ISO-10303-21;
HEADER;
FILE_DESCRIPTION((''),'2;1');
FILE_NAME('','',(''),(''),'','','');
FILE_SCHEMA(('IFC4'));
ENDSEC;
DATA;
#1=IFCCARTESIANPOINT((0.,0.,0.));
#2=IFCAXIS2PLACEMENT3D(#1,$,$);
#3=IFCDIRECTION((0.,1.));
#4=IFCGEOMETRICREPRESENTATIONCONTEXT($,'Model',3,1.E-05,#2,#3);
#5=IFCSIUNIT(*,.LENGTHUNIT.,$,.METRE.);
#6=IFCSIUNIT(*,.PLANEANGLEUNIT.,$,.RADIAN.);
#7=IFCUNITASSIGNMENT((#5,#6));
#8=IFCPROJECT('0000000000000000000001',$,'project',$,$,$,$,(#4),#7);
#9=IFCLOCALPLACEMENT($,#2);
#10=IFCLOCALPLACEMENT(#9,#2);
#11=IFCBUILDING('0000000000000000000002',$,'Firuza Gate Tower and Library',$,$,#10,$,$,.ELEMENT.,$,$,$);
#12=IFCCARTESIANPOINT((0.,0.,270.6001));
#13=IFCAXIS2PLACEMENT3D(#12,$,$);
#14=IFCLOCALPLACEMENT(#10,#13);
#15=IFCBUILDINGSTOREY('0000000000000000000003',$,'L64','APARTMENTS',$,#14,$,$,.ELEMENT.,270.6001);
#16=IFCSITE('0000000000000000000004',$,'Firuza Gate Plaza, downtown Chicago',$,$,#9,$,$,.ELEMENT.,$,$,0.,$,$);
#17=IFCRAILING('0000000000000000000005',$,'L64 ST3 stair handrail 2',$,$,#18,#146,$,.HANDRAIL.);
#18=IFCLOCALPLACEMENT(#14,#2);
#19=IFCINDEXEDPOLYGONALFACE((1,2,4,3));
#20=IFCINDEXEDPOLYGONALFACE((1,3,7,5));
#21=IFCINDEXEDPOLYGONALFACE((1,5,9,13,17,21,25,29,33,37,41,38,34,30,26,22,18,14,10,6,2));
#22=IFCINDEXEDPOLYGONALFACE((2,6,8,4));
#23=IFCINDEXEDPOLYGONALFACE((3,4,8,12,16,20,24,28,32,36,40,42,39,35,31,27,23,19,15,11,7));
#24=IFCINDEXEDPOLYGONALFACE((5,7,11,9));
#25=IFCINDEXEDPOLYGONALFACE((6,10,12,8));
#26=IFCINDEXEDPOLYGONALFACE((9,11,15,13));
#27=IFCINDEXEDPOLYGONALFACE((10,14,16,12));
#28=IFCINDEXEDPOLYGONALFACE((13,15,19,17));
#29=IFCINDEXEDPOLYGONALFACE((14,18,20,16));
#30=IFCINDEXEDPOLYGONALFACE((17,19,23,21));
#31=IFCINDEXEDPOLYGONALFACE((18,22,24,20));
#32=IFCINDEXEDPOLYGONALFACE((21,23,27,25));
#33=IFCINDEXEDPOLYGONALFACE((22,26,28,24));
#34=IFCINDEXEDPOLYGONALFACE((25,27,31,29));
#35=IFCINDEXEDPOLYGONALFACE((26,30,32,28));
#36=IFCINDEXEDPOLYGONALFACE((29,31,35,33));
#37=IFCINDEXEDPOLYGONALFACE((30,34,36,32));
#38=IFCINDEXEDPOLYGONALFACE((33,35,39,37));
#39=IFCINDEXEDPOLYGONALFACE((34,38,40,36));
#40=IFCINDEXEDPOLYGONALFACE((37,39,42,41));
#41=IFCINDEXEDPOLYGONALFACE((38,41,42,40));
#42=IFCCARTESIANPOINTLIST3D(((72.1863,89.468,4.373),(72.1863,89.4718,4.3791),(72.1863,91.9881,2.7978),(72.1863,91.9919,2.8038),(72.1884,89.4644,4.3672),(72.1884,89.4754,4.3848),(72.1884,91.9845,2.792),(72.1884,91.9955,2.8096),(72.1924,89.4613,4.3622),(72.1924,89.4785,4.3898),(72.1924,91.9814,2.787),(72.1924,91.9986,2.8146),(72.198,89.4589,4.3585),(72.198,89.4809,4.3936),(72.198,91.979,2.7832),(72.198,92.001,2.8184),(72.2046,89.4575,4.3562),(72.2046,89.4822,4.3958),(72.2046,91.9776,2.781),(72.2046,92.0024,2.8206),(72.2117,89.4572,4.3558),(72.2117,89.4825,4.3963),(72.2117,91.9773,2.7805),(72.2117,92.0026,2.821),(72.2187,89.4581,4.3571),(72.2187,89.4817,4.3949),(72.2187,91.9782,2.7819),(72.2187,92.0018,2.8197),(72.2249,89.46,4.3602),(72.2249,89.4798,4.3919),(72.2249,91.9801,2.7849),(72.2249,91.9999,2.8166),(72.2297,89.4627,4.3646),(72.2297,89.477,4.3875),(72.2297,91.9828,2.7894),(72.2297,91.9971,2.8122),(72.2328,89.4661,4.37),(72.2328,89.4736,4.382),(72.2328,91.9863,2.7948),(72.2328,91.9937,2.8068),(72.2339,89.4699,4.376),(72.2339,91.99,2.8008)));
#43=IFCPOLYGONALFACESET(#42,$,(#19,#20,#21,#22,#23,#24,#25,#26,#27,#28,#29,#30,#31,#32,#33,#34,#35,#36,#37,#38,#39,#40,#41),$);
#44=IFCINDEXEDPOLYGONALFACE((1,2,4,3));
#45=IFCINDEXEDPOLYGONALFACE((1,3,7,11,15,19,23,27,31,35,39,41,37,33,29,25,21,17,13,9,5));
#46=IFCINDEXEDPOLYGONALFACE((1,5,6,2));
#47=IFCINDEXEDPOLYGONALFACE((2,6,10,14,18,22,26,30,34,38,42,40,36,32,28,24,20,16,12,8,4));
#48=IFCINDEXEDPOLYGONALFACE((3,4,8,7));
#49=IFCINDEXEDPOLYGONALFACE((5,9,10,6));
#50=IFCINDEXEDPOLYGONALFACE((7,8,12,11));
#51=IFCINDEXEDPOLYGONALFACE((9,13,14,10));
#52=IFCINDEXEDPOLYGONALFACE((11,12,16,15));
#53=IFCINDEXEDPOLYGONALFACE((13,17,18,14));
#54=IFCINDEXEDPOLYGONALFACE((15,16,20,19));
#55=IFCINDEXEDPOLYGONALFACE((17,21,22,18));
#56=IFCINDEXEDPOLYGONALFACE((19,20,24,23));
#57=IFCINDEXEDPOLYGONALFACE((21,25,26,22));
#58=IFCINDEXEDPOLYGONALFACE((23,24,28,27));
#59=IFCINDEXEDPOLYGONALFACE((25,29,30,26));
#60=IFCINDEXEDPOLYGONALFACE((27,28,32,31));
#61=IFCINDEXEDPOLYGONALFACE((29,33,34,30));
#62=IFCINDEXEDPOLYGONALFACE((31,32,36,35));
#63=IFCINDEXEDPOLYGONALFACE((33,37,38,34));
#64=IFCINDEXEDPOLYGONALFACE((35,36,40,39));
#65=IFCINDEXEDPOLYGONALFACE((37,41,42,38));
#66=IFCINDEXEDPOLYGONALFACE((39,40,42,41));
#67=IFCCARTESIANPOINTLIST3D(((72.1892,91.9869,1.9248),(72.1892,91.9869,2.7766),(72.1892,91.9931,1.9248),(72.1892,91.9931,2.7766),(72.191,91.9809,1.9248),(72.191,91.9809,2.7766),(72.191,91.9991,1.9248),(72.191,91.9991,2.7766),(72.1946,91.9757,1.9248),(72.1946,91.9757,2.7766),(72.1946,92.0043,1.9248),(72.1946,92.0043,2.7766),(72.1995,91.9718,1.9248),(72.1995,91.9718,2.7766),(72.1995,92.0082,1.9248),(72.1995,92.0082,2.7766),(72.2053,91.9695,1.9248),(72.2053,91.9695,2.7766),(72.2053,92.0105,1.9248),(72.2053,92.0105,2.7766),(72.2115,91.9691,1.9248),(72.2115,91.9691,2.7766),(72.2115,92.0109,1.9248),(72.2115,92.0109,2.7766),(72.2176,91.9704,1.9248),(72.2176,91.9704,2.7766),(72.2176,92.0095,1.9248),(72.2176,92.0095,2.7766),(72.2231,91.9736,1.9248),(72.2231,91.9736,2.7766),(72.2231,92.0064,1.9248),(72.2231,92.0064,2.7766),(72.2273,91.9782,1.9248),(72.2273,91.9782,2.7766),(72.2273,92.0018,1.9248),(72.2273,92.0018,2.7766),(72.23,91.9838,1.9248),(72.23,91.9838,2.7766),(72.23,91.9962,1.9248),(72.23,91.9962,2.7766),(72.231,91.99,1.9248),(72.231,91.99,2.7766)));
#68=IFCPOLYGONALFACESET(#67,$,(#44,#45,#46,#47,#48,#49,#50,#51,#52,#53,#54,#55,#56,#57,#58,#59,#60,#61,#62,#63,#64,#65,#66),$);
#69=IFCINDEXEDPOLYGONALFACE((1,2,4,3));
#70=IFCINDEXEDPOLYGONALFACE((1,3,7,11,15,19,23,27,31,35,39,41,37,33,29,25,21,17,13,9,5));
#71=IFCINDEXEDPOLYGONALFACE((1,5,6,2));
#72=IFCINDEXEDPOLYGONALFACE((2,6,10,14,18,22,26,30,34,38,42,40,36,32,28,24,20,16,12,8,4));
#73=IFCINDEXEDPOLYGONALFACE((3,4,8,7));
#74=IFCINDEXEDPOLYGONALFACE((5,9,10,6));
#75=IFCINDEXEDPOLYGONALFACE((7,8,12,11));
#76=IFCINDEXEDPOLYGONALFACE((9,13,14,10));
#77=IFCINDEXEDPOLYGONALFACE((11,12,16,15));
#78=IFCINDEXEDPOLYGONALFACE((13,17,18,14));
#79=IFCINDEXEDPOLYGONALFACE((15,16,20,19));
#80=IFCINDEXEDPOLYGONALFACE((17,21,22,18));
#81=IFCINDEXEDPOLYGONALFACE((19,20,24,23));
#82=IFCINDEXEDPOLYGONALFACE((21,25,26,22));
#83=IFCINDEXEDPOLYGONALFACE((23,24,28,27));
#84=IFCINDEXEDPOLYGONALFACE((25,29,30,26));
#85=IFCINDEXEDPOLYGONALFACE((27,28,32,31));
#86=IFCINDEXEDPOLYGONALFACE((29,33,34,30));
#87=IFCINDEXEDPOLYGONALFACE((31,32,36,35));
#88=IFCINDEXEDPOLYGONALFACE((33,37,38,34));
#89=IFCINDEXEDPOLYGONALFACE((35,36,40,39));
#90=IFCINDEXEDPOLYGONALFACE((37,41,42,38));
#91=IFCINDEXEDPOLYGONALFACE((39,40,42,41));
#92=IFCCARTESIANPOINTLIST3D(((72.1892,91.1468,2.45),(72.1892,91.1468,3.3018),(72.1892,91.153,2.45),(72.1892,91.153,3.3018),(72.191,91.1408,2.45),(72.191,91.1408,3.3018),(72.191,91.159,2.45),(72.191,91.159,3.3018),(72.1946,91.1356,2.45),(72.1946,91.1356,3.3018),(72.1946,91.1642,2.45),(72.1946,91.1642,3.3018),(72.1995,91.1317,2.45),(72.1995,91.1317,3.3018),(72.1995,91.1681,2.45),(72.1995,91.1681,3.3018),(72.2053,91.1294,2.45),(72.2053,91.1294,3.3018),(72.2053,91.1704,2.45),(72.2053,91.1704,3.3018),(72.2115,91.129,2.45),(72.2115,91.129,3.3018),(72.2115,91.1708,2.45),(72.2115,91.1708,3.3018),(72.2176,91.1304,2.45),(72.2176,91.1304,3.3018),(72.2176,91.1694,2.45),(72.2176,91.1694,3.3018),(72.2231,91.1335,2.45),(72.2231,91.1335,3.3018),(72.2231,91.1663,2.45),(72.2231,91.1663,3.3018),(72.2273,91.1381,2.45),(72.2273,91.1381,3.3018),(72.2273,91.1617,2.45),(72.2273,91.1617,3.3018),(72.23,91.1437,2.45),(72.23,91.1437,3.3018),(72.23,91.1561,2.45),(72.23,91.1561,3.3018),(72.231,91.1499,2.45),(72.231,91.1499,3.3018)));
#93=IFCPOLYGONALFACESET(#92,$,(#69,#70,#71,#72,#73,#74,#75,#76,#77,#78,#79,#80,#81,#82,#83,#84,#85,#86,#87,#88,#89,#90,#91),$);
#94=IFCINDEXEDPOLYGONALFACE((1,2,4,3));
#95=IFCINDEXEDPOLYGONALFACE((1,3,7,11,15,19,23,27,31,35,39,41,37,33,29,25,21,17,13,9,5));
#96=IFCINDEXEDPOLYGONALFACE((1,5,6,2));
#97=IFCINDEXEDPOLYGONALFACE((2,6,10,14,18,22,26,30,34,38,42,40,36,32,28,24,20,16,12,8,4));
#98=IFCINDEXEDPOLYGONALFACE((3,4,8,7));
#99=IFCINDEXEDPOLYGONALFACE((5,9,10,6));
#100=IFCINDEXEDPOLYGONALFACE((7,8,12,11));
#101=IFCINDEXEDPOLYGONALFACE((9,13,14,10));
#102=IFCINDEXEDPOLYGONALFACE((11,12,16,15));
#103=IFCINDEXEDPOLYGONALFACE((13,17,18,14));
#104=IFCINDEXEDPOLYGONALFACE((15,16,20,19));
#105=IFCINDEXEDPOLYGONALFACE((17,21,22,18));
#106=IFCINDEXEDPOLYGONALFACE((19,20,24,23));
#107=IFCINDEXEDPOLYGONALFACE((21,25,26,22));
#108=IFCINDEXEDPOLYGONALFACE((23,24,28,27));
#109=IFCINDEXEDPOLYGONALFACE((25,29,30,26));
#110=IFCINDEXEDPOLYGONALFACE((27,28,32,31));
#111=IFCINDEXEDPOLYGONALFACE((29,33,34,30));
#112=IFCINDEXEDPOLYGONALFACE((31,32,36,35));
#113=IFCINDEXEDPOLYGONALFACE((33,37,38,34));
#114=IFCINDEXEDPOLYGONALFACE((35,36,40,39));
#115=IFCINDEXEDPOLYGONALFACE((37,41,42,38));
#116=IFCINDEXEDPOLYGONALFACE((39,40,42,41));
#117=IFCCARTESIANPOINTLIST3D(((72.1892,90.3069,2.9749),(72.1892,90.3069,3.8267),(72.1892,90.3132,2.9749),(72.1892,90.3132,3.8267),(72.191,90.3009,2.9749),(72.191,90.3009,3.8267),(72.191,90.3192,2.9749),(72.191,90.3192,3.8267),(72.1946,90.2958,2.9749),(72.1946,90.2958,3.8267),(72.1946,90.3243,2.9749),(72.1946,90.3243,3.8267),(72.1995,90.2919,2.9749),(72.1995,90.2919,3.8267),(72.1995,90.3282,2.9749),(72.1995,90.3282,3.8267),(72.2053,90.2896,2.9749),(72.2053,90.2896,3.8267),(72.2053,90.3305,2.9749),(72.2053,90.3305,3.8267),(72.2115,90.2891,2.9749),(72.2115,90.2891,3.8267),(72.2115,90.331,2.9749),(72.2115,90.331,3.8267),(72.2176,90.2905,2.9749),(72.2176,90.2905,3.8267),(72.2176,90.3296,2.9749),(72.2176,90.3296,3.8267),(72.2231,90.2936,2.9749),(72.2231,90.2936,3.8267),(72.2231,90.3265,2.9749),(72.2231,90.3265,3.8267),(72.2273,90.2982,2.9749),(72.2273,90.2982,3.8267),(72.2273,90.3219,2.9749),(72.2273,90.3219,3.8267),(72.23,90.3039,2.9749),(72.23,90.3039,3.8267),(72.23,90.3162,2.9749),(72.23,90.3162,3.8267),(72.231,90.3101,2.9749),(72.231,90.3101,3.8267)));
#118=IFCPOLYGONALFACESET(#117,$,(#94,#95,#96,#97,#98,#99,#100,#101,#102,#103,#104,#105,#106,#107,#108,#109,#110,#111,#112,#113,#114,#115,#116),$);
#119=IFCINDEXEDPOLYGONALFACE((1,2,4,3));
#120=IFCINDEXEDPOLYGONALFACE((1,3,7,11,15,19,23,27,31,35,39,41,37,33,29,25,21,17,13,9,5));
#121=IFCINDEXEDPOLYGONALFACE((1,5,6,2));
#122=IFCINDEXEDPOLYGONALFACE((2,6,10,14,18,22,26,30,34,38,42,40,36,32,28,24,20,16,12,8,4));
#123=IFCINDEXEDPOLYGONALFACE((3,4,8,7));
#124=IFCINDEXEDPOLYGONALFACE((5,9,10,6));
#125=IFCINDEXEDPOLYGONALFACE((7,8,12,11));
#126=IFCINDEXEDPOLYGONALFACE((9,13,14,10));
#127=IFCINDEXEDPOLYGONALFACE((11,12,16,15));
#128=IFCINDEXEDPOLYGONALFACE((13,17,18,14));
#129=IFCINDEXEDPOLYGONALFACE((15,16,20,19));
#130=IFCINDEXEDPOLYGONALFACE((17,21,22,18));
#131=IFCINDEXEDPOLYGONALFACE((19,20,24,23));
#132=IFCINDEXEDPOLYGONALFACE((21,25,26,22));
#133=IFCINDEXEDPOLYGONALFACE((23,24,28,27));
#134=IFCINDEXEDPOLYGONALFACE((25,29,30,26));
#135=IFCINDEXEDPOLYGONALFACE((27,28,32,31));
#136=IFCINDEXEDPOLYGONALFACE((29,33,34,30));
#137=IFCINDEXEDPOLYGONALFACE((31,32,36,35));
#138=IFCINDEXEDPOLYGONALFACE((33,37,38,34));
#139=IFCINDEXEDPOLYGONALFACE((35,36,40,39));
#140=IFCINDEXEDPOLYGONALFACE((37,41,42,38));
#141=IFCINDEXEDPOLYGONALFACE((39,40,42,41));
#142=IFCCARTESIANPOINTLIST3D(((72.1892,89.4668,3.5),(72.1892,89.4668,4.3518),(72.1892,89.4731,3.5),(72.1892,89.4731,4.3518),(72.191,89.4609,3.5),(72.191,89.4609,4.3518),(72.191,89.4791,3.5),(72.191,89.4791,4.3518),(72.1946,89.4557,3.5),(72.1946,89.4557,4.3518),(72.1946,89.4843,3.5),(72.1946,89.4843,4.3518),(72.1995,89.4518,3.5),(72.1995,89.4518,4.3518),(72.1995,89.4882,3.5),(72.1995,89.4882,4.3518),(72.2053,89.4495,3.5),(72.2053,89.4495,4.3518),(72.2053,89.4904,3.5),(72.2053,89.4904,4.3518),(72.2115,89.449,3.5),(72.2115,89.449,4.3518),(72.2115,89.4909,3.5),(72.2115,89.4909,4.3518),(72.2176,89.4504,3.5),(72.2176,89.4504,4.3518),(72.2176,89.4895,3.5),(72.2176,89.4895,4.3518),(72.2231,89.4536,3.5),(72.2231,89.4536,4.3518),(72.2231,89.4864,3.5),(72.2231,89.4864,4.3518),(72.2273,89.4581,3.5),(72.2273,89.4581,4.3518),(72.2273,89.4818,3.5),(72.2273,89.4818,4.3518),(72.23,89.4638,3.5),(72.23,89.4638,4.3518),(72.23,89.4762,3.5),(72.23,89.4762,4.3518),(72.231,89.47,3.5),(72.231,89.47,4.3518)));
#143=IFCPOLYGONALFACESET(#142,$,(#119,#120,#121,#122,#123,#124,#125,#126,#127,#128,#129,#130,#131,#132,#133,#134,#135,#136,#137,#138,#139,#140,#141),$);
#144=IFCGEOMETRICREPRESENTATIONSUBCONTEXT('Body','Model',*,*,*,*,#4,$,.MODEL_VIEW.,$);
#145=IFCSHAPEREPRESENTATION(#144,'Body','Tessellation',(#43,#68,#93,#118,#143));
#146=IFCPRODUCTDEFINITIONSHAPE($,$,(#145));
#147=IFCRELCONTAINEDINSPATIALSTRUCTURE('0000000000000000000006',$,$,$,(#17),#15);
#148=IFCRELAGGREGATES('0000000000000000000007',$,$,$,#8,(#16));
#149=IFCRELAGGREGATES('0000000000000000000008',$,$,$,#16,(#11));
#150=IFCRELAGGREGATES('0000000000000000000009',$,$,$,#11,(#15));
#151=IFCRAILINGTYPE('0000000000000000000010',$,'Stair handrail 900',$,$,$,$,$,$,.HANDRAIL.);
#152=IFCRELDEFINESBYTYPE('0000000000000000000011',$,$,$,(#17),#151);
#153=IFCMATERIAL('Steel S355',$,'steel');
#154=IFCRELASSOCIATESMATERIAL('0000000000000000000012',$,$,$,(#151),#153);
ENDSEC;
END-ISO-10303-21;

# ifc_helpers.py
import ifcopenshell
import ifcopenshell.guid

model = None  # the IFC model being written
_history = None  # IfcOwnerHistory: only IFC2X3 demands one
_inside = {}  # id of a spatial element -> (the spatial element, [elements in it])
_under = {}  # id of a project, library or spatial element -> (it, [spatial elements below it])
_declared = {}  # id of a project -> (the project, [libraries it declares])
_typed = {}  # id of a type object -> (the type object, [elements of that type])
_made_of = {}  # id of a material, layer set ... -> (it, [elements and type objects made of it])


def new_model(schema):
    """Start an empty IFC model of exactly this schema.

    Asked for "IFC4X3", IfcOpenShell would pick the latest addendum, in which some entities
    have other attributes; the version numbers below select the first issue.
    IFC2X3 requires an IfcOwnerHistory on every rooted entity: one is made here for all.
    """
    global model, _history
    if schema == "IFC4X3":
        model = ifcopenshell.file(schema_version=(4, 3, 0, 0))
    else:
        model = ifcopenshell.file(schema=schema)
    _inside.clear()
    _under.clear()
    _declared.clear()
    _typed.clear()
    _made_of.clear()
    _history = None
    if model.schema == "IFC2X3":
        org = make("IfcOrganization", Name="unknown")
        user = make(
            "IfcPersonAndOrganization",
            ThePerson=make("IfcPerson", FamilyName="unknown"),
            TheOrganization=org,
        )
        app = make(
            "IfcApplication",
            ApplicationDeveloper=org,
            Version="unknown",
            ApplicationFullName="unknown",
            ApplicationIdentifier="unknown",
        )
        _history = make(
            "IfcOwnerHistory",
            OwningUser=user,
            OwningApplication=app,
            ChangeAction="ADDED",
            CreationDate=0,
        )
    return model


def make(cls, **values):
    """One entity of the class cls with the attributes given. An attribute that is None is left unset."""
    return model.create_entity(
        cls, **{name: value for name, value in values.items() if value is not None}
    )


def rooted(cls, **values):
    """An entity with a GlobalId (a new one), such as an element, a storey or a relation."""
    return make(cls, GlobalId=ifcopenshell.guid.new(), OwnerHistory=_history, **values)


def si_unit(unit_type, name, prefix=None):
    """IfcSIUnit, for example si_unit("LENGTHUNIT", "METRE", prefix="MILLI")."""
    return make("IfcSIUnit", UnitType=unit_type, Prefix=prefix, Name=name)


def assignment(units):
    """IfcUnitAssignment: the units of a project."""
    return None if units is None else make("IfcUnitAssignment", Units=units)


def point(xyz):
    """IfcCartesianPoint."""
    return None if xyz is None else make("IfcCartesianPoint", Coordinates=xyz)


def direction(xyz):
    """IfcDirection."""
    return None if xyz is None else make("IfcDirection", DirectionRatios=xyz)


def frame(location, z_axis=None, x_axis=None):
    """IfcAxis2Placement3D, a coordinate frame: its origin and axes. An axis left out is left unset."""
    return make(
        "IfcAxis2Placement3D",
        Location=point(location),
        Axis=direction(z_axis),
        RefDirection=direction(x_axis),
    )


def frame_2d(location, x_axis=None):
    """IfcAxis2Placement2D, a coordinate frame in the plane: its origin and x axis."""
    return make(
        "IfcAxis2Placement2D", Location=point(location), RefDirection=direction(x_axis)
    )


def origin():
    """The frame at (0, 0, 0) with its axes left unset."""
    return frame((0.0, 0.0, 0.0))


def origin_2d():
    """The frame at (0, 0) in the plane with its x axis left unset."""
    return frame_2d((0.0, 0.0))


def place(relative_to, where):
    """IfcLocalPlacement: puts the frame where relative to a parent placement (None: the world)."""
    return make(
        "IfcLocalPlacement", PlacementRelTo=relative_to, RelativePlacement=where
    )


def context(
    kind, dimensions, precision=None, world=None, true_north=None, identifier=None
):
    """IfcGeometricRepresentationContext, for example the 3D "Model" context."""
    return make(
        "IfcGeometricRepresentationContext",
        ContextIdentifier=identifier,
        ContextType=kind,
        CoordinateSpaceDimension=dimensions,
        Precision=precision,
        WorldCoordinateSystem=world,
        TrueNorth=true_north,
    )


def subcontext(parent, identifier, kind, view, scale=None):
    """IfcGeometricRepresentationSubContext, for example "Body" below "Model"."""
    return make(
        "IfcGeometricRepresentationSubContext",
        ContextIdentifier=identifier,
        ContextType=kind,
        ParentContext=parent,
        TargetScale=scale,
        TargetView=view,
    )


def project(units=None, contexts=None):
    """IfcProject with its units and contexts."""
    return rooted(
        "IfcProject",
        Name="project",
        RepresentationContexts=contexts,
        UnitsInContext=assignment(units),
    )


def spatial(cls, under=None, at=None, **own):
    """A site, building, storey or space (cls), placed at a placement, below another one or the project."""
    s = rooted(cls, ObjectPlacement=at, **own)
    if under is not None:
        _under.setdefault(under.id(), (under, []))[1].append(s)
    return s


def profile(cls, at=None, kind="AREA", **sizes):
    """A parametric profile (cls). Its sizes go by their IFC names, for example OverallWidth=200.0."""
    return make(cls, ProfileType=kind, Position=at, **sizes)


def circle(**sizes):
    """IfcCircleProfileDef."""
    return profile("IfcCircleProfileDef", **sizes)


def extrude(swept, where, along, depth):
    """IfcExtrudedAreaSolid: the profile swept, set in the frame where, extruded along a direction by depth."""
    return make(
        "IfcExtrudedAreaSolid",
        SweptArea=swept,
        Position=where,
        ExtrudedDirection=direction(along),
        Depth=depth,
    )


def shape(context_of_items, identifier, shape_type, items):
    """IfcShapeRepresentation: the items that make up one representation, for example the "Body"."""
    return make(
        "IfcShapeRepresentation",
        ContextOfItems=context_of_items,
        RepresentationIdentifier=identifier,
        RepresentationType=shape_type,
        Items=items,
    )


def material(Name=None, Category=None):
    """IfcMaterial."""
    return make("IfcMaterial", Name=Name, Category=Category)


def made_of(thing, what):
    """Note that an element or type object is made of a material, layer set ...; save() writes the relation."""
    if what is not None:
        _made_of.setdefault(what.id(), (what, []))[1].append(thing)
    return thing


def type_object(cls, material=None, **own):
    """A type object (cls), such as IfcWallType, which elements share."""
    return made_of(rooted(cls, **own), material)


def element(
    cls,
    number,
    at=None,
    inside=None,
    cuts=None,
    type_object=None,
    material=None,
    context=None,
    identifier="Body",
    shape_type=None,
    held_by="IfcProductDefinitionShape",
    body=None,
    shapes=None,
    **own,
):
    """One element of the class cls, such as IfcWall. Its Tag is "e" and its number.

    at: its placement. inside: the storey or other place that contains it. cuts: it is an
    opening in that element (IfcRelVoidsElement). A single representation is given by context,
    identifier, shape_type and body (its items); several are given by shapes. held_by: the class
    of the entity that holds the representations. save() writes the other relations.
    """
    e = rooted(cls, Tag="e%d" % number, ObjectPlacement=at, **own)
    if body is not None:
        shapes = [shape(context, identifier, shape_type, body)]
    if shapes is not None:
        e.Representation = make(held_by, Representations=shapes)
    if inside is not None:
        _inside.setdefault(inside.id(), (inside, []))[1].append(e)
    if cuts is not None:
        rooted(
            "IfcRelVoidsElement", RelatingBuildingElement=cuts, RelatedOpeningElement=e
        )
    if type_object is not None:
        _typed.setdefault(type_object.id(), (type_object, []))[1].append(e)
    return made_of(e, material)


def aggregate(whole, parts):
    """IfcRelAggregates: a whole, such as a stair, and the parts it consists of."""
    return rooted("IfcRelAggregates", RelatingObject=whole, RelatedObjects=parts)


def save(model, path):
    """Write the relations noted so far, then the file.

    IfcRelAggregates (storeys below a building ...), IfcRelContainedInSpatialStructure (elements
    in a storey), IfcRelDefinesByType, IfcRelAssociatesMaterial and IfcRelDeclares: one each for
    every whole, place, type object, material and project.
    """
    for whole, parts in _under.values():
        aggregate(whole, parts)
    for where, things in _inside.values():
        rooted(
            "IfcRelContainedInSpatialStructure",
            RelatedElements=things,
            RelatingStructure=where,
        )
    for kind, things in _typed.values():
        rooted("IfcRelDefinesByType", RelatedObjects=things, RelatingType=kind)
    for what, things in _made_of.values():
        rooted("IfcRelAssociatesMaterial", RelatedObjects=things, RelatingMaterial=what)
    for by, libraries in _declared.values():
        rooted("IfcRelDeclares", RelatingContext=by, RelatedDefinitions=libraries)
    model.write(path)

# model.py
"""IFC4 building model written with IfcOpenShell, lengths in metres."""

from ifc_helpers import new_model, si_unit, direction, frame, origin, origin_2d, place, context, subcontext, project, spatial, circle, extrude, material, type_object, element, save


model = new_model("IFC4")

# Units and contexts
model_context = context("Model", 3, precision=1e-05, world=origin(), true_north=direction((0.0, 1.0)))
body_context = subcontext(model_context, "Body", "Model", "MODEL_VIEW")
ifc_project = project(units=[si_unit("LENGTHUNIT", "METRE"), si_unit("PLANEANGLEUNIT", "RADIAN")], contexts=[model_context])

# Site, building, storey
site_placement = place(None, origin())
site = spatial("IfcSite", under=ifc_project, at=site_placement, Name="Firuza Gate Plaza, downtown Chicago", CompositionType="ELEMENT", RefElevation=0.0)
building_placement = place(site_placement, origin())
building = spatial("IfcBuilding", under=site, at=building_placement, Name="Firuza Gate Tower and Library", CompositionType="ELEMENT")
storey_placement = place(building_placement, frame((0.0, 0.0, 270.6001)))
storey = spatial("IfcBuildingStorey", under=building, at=storey_placement, Name="L64", Description="APARTMENTS", CompositionType="ELEMENT", Elevation=270.6001)

# Railing
ifc_material_1 = material(Name="Steel S355", Category="steel")
railing_type_1 = type_object("IfcRailingType", Name="Stair handrail 900", PredefinedType="HANDRAIL", material=ifc_material_1)
railing_1_placement = place(storey_placement, frame((72.21, 91.99, 1.9248)))
element("IfcRailing", 1, at=railing_1_placement, inside=storey, type_object=railing_type_1, Name="L64 ST3 stair handrail 2", PredefinedType="HANDRAIL", context=body_context, shape_type="SweptSolid", body=[
    extrude(circle(Radius=0.0239, at=origin_2d()), frame((0.0, 0.0, 0.876), z_axis=(0.0, -0.847971, 0.530043), x_axis=(1.0, 0.0, 0.0)), (0.0, 0.0, 1.0), 2.9719),
    extrude(circle(Radius=0.021, at=origin_2d()), origin(), (0.0, 0.0, 1.0), 0.8518),
    extrude(circle(Radius=0.021, at=origin_2d()), frame((0.0, -0.8401, 0.5251)), (0.0, 0.0, 1.0), 0.8518),
    extrude(circle(Radius=0.021, at=origin_2d()), frame((0.0, -1.6799, 1.05)), (0.0, 0.0, 1.0), 0.8518),
    extrude(circle(Radius=0.021, at=origin_2d()), frame((0.0, -2.52, 1.5752)), (0.0, 0.0, 1.0), 0.8518),
])

save(model, "model.ifc")
